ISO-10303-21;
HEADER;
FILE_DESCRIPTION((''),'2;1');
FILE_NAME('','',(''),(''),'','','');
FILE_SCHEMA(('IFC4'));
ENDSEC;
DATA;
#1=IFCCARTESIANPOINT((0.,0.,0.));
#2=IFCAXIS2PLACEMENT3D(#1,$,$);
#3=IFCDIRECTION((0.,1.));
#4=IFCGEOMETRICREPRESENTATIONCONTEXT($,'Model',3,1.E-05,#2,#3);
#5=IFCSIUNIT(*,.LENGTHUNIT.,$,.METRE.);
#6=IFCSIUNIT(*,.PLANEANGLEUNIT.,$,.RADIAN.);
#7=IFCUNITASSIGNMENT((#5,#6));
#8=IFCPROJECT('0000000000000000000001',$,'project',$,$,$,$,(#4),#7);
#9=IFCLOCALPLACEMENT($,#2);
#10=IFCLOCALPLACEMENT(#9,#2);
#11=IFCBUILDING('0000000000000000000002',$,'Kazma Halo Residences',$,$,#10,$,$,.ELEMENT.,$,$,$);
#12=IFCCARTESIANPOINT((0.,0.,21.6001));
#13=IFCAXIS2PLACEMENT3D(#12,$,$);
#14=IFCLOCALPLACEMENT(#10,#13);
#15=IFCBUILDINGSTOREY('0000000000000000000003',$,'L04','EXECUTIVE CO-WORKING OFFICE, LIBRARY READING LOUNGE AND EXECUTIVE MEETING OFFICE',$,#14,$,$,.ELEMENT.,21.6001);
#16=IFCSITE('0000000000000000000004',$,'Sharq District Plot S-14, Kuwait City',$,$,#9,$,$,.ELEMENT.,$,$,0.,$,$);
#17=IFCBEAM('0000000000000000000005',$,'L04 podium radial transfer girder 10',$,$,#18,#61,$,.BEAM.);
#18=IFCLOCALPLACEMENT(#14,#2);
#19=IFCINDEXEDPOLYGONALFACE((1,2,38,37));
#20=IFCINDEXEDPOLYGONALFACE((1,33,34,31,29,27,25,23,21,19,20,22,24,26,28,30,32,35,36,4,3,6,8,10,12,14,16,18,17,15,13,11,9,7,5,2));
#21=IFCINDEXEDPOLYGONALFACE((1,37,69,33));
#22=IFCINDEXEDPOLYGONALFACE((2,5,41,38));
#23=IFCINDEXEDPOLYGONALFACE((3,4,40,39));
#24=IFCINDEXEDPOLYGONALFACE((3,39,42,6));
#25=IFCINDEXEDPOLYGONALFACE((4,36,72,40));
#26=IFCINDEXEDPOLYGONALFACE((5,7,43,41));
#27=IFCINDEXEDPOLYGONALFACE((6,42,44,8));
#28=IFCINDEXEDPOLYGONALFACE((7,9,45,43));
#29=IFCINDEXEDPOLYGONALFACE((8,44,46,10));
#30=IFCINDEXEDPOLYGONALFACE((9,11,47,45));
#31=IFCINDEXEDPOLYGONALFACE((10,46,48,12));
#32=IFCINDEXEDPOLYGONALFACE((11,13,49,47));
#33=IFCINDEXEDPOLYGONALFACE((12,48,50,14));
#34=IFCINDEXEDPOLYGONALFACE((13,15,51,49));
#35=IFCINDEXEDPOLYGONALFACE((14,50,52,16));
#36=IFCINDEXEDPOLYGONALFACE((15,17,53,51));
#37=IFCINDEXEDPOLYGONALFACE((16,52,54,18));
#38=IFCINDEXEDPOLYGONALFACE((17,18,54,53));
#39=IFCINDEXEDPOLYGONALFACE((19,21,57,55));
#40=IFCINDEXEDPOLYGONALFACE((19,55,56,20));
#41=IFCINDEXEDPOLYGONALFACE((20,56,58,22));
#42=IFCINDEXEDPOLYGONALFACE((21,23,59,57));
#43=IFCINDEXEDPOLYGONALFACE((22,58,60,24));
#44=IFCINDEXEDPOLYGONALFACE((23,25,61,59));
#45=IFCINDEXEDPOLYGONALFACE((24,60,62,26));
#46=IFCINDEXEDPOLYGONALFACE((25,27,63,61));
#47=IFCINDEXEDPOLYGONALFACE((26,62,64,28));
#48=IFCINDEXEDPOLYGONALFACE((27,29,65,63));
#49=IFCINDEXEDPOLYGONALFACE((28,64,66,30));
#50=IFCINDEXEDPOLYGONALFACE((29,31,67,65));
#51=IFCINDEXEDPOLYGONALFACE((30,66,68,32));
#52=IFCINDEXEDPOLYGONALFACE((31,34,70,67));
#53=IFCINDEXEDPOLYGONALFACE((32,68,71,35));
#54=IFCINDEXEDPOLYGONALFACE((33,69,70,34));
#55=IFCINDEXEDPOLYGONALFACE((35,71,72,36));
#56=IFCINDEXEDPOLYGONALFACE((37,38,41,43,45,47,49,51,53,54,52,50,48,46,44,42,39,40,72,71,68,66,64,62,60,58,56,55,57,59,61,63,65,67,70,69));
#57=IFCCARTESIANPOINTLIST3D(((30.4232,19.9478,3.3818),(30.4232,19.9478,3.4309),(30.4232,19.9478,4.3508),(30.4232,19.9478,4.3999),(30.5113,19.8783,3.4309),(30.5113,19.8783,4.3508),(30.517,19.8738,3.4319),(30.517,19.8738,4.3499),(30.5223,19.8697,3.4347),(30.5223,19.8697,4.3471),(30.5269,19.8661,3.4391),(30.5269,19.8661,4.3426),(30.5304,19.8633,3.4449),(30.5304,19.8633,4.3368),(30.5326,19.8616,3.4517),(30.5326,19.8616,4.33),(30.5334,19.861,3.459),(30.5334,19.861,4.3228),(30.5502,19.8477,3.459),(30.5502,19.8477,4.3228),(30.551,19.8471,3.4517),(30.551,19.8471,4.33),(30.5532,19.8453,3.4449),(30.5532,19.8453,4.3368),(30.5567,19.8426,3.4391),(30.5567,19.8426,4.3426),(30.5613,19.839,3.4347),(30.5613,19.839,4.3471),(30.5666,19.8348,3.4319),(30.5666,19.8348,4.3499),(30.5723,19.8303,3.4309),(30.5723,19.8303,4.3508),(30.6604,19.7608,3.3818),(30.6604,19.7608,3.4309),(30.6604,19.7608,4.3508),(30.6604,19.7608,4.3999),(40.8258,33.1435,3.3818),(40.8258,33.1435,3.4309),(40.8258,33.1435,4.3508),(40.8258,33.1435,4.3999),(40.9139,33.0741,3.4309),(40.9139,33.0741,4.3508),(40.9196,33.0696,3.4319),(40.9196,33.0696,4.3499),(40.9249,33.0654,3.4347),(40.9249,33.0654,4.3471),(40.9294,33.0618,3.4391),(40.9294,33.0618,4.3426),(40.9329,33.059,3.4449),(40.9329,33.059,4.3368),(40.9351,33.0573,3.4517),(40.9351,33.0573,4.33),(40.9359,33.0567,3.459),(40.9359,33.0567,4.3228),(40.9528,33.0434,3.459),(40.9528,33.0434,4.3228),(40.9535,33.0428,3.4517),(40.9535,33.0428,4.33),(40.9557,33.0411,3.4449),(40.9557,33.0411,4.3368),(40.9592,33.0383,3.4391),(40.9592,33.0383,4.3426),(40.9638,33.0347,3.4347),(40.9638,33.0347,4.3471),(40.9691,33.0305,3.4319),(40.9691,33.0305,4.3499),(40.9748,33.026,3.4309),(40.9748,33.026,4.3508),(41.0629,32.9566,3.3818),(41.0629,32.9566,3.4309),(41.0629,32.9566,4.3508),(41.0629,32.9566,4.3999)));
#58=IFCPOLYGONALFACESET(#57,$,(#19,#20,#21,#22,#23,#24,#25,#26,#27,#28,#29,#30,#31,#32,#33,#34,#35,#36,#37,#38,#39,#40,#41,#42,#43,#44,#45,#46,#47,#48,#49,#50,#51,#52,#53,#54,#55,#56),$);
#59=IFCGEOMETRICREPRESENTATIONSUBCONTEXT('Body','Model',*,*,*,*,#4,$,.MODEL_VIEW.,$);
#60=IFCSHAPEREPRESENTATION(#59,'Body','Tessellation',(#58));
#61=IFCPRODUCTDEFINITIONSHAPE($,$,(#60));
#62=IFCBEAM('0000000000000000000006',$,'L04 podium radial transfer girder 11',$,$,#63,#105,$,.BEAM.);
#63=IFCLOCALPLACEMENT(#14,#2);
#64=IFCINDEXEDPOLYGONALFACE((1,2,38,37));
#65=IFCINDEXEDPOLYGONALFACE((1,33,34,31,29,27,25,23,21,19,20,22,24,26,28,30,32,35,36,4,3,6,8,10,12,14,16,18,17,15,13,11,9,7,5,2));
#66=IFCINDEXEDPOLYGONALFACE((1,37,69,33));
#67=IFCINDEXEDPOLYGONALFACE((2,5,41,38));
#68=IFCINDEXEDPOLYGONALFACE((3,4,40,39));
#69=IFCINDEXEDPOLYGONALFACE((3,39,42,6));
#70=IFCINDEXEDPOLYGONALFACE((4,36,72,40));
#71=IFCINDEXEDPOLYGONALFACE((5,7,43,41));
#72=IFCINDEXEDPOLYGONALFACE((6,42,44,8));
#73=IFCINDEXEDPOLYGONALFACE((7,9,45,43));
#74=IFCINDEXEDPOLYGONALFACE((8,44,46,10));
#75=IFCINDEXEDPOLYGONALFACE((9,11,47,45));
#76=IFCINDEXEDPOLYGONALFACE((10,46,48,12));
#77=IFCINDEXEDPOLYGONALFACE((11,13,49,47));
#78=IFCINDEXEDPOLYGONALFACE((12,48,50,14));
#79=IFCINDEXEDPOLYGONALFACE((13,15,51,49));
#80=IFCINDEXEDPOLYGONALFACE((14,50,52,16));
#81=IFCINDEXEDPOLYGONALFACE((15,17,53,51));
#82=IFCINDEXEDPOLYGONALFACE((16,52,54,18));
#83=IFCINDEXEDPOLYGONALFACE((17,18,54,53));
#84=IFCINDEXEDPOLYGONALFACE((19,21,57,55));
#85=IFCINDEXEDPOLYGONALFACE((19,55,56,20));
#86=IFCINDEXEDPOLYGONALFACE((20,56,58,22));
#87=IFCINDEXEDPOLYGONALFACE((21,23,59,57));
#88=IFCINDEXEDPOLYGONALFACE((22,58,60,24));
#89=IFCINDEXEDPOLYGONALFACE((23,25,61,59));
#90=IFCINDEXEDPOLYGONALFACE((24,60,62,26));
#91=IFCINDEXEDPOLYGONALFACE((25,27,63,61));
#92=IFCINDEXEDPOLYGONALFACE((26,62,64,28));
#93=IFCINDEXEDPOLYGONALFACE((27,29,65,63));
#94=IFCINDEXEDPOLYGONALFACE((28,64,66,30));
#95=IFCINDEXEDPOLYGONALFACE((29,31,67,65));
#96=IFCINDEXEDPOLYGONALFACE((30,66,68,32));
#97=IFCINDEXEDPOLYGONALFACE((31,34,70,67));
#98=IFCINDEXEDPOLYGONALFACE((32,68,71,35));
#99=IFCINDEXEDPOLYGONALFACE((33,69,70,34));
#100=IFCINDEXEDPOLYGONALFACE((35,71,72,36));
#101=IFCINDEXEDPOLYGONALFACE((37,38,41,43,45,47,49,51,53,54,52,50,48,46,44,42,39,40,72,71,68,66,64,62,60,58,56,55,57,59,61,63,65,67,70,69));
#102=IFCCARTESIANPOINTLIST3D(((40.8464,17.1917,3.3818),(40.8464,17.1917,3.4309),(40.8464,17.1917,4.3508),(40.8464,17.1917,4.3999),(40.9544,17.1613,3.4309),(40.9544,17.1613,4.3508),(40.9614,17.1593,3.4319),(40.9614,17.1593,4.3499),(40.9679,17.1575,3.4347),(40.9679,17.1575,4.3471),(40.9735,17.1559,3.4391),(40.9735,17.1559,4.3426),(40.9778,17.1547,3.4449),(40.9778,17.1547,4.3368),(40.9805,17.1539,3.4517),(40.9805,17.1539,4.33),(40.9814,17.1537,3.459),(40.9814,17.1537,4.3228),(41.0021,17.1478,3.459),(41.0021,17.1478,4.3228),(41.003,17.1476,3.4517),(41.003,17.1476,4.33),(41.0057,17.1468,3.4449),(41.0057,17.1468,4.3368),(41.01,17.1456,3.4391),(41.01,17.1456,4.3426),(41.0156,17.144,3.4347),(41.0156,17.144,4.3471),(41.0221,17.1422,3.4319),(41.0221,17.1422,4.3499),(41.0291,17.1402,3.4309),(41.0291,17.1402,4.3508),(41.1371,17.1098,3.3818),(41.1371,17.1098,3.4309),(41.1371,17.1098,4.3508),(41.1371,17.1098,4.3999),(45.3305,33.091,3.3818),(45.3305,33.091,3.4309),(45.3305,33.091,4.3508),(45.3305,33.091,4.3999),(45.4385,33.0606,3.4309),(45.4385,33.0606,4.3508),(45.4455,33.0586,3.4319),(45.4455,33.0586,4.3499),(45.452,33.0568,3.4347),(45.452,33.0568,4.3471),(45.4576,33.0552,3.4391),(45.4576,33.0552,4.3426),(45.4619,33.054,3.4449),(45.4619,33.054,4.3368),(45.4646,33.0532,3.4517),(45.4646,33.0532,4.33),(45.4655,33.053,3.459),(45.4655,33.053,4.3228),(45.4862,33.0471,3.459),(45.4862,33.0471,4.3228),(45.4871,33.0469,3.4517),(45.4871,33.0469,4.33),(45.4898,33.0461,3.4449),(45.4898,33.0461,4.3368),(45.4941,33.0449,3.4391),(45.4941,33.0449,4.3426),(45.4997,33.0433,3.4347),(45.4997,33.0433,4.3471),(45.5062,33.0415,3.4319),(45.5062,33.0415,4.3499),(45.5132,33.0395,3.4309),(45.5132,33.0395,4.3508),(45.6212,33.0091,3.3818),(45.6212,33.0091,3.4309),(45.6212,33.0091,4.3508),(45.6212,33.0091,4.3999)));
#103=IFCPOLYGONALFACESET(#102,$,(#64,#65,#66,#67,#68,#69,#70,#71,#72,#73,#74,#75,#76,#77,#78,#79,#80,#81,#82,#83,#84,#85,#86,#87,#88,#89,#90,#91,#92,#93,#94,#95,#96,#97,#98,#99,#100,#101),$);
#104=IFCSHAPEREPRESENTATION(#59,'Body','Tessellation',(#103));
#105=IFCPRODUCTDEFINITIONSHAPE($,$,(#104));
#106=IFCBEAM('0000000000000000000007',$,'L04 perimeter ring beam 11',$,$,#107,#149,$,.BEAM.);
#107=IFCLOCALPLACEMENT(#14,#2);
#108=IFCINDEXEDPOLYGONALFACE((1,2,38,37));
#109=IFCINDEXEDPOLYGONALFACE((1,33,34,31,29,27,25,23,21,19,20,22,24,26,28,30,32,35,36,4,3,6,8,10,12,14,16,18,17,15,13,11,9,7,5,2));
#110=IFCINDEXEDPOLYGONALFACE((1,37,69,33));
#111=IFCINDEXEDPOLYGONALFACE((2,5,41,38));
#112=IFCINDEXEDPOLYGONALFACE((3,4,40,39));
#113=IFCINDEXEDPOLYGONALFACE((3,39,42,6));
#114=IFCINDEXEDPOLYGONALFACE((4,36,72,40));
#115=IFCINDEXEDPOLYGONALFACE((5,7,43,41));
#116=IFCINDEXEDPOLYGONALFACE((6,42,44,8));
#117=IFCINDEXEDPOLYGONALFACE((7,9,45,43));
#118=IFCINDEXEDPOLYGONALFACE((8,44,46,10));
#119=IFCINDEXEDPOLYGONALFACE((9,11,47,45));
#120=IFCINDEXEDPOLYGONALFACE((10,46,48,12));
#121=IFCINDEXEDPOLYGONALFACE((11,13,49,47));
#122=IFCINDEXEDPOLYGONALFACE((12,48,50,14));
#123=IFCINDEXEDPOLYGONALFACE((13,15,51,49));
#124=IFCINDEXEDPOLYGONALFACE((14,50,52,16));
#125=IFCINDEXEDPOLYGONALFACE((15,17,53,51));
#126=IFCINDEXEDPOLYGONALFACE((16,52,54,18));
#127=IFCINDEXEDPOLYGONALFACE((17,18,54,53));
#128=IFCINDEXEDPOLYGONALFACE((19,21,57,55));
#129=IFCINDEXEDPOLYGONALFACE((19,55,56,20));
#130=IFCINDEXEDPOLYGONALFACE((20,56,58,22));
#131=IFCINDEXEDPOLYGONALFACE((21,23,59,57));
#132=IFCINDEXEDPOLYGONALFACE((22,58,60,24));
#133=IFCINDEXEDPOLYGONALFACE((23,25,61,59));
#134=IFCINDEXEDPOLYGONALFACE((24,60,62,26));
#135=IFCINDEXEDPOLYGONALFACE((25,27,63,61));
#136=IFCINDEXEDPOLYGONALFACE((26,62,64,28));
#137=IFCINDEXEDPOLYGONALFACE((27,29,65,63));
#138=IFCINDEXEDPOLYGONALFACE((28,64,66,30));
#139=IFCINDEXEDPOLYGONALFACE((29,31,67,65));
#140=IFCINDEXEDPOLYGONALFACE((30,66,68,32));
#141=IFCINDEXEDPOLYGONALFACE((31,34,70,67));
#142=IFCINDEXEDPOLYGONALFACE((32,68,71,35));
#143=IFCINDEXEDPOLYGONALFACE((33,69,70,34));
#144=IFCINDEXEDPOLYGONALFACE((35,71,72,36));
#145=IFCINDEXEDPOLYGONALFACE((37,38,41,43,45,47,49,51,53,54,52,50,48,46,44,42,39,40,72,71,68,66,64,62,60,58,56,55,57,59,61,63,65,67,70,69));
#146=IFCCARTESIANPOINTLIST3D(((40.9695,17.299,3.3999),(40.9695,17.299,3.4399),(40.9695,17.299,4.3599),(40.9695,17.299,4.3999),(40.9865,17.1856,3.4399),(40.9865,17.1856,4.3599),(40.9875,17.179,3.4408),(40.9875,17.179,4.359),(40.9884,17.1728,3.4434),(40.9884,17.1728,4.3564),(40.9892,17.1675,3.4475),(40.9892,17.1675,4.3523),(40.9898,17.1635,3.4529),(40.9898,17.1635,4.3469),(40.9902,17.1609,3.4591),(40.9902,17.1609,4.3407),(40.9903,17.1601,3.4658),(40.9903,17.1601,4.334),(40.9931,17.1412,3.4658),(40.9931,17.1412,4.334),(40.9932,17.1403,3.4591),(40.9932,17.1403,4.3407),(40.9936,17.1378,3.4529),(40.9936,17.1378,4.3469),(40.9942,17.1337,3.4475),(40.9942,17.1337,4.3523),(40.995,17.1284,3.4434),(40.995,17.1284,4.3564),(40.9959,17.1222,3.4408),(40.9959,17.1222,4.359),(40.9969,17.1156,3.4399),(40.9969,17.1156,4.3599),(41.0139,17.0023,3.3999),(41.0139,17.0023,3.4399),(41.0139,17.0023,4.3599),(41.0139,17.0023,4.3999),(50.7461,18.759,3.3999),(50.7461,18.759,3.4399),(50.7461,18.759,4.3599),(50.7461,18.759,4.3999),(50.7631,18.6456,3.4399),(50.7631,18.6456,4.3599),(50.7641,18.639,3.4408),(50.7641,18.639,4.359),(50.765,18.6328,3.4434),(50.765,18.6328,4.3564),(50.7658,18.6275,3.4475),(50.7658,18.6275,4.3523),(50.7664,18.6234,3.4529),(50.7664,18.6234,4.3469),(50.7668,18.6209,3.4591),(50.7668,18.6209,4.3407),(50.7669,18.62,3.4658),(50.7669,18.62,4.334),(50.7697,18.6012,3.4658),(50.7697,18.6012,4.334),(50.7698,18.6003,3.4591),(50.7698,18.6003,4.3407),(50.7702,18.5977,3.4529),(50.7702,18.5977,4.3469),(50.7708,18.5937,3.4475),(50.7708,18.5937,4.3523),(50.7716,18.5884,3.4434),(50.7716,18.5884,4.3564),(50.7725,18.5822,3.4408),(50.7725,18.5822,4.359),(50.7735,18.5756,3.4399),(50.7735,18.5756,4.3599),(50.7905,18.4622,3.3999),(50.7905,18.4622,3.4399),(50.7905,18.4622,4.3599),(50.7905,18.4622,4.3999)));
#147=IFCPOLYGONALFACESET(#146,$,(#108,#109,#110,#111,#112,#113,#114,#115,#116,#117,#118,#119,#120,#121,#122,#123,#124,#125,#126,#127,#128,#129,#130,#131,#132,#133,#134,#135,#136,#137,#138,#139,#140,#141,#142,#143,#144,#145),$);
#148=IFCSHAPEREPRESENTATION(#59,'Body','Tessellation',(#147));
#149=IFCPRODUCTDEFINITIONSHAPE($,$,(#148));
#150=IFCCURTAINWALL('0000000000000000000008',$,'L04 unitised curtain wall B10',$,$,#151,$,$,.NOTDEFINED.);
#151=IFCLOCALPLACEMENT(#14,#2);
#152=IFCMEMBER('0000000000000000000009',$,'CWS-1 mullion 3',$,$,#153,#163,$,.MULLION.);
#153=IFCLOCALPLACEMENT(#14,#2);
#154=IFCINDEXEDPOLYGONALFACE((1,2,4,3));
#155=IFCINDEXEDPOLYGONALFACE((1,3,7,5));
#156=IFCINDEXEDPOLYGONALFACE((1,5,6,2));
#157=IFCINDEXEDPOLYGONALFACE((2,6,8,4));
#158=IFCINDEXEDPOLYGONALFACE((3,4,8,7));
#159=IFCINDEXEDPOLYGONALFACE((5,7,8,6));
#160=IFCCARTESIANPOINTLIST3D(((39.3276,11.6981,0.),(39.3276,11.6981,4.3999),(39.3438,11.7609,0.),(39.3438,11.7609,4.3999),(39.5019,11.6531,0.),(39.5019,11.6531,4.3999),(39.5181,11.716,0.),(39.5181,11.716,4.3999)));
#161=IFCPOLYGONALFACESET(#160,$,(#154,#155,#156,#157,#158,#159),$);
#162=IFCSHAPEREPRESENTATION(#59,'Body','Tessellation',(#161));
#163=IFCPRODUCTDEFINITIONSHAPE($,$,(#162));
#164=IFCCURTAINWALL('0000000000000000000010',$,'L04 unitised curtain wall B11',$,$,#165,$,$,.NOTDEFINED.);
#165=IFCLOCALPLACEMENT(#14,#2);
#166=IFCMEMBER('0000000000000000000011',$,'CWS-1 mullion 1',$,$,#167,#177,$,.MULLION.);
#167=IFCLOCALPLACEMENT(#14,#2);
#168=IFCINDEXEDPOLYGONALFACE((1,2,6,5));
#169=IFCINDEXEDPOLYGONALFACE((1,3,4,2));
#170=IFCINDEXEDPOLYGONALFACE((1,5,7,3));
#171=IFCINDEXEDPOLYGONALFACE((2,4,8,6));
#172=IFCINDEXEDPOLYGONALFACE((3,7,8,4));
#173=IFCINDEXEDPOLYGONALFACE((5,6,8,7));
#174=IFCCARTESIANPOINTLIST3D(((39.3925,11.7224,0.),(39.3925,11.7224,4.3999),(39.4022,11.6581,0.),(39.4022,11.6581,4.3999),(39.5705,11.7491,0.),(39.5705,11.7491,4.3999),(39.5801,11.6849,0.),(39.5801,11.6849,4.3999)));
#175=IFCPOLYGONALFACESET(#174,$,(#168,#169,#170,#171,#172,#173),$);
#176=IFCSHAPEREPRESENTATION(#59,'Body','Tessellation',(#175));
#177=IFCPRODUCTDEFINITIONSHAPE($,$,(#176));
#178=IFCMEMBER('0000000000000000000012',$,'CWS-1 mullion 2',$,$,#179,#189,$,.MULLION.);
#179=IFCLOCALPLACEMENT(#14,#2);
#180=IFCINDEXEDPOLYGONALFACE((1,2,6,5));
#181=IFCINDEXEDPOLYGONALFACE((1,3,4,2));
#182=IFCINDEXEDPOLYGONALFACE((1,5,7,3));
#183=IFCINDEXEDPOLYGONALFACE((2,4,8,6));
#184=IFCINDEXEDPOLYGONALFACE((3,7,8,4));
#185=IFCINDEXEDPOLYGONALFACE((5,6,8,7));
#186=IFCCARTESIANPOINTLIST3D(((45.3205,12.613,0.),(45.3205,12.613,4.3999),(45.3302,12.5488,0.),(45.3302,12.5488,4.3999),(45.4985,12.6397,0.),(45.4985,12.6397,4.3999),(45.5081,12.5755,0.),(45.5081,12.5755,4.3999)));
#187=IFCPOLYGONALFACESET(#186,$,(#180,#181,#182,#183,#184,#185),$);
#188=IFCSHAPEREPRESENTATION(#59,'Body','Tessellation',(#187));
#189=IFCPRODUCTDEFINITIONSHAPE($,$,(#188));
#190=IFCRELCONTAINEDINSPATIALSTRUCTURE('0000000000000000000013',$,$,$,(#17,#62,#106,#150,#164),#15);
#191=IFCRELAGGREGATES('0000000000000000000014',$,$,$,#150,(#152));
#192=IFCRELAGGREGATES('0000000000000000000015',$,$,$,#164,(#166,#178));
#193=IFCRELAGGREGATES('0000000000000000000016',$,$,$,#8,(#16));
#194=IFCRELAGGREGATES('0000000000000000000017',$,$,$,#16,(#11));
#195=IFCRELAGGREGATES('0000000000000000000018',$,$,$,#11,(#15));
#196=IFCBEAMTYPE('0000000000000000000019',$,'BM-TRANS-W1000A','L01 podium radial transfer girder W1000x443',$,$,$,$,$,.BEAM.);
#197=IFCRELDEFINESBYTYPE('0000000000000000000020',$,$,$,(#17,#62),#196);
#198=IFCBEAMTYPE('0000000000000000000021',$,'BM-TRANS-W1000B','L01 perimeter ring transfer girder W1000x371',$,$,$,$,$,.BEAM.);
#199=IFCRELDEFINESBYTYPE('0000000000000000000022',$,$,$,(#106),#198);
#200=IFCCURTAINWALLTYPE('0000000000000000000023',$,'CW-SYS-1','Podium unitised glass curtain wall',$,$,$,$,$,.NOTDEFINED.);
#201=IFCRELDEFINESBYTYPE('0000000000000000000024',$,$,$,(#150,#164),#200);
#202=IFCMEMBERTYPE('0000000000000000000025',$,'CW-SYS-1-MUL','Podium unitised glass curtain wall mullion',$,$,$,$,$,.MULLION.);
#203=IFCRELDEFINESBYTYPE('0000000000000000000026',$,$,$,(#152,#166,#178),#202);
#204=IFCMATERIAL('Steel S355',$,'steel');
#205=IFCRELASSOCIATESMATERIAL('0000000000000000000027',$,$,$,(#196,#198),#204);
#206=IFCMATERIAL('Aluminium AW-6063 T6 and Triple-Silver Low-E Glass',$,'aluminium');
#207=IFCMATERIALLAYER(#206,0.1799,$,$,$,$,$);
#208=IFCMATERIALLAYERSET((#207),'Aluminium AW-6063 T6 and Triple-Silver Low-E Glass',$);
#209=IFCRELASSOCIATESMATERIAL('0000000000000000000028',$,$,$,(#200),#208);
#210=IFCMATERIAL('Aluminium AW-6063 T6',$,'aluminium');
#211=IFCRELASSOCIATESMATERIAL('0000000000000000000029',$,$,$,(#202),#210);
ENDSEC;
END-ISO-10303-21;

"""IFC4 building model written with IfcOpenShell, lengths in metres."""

from ifc_helpers import new_model, si_unit, direction, frame, origin, origin_2d, place, context, subcontext, project, spatial, rectangle, i_section, extrude, material, layer, layer_set, material_profile, profile_set, type_object, element, aggregate, save


model = new_model("IFC4")

# Units and contexts
model_context = context("Model", 3, precision=1e-05, world=origin(), true_north=direction((0.0, 1.0)))
body_context = subcontext(model_context, "Body", "Model", "MODEL_VIEW")
ifc_project = project(units=[si_unit("LENGTHUNIT", "METRE"), si_unit("PLANEANGLEUNIT", "RADIAN")], contexts=[model_context])

# Site, building, storey
site_placement = place(None, origin())
site = spatial("IfcSite", under=ifc_project, at=site_placement, Name="Sharq District Plot S-14, Kuwait City", CompositionType="ELEMENT", RefElevation=0.0)
building_placement = place(site_placement, origin())
building = spatial("IfcBuilding", under=site, at=building_placement, Name="Kazma Halo Residences", CompositionType="ELEMENT")
storey_placement = place(building_placement, frame((0.0, 0.0, 21.6001)))
storey = spatial("IfcBuildingStorey", under=building, at=storey_placement, Name="L04", Description="EXECUTIVE CO-WORKING OFFICE, LIBRARY READING LOUNGE AND EXECUTIVE MEETING OFFICE", CompositionType="ELEMENT", Elevation=21.6001)

# Beams
ifc_material_1 = material(Name="Steel S355", Category="steel")
ifc_material_profile_1 = material_profile(ifc_material_1, i_section(OverallWidth=0.302, OverallDepth=1.0181, WebThickness=0.0215, FlangeThickness=0.0491, FilletRadius=0.0281, at=origin_2d()), Name="W1000x443")
ifc_profile_set_1 = profile_set([ifc_material_profile_1], Name="Steel S355")
beam_type_1 = type_object("IfcBeamType", Name="BM-TRANS-W1000A", Description="L01 podium radial transfer girder W1000x443", PredefinedType="BEAM", material=ifc_profile_set_1)
beam_1_placement = place(storey_placement, frame((40.9443, 33.05, 3.8909), z_axis=(-0.619089, -0.785321, 0.0), x_axis=(0.785321, -0.619089, 0.0)))
element("IfcBeam", 1, at=beam_1_placement, inside=storey, type_object=beam_type_1, Name="L04 podium radial transfer girder 10", PredefinedType="BEAM", context=body_context, shape_type="SweptSolid", body=[
    extrude(i_section(OverallWidth=0.302, OverallDepth=1.0181, WebThickness=0.0215, FlangeThickness=0.0491, FilletRadius=0.0281, at=origin_2d()), origin(), (0.0, 0.0, 1.0), 16.803),
])
beam_2_placement = place(storey_placement, frame((45.4758, 33.05, 3.8909), z_axis=(-0.271442, -0.962455, 0.0), x_axis=(0.962455, -0.271442, 0.0)))
element("IfcBeam", 2, at=beam_2_placement, inside=storey, type_object=beam_type_1, Name="L04 podium radial transfer girder 11", PredefinedType="BEAM", context=body_context, shape_type="SweptSolid", body=[
    extrude(i_section(OverallWidth=0.302, OverallDepth=1.0181, WebThickness=0.0215, FlangeThickness=0.0491, FilletRadius=0.0281, at=origin_2d()), origin(), (0.0, 0.0, 1.0), 16.5195),
])
ifc_material_profile_2 = material_profile(ifc_material_1, i_section(OverallWidth=0.3, OverallDepth=1.0, WebThickness=0.019, FlangeThickness=0.04, FilletRadius=0.0259, at=origin_2d()), Name="W1000x371")
ifc_profile_set_2 = profile_set([ifc_material_profile_2], Name="Steel S355")
beam_type_2 = type_object("IfcBeamType", Name="BM-TRANS-W1000B", Description="L01 perimeter ring transfer girder W1000x371", PredefinedType="BEAM", material=ifc_profile_set_2)
beam_3_placement = place(storey_placement, frame((40.9917, 17.1506, 3.8999), z_axis=(0.989033, 0.147694, 0.0), x_axis=(-0.147694, 0.989033, 0.0)))
element("IfcBeam", 3, at=beam_3_placement, inside=storey, type_object=beam_type_2, Name="L04 perimeter ring beam 11", PredefinedType="BEAM", context=body_context, shape_type="SweptSolid", body=[
    extrude(i_section(OverallWidth=0.3, OverallDepth=1.0, WebThickness=0.019, FlangeThickness=0.04, FilletRadius=0.0259, at=origin_2d()), origin(), (0.0, 0.0, 1.0), 9.885),
])

# Curtain wall, member
ifc_material_2 = material(Name="Aluminium AW-6063 T6 and Triple-Silver Low-E Glass", Category="aluminium")
ifc_layer_1 = layer(ifc_material_2, 0.1799)
ifc_layer_set_1 = layer_set([ifc_layer_1], Name="Aluminium AW-6063 T6 and Triple-Silver Low-E Glass")
curtain_wall_type = type_object("IfcCurtainWallType", Name="CW-SYS-1", Description="Podium unitised glass curtain wall", PredefinedType="NOTDEFINED", material=ifc_layer_set_1)
curtain_wall_1_placement = place(storey_placement, origin())
curtain_wall_1 = element("IfcCurtainWall", 4, at=curtain_wall_1_placement, inside=storey, type_object=curtain_wall_type, Name="L04 unitised curtain wall B10", PredefinedType="NOTDEFINED")
ifc_material_3 = material(Name="Aluminium AW-6063 T6", Category="aluminium")
ifc_material_profile_3 = material_profile(ifc_material_3, rectangle(XDim=0.0649, YDim=0.1799, at=origin_2d()), Name="CWM-65x180")
ifc_profile_set_3 = profile_set([ifc_material_profile_3], Name="Aluminium AW-6063 T6")
member_type_1 = type_object("IfcMemberType", Name="CW-SYS-1-MUL", Description="Podium unitised glass curtain wall mullion", PredefinedType="MULLION", material=ifc_profile_set_3)
member_1_placement = place(storey_placement, frame((39.4229, 11.707, 0.0), z_axis=(0.0, 0.0, 1.0), x_axis=(0.249727, 0.968316, 0.0)))
member_1 = element("IfcMember", 5, at=member_1_placement, type_object=member_type_1, Name="CWS-1 mullion 3", PredefinedType="MULLION", context=body_context, shape_type="SweptSolid", body=[
    extrude(rectangle(XDim=0.0649, YDim=0.1799, at=origin_2d()), origin(), (0.0, 0.0, 1.0), 4.3999),
])
aggregate(curtain_wall_1, [member_1])

# Curtain wall, members
curtain_wall_2_placement = place(storey_placement, origin())
curtain_wall_2 = element("IfcCurtainWall", 6, at=curtain_wall_2_placement, inside=storey, type_object=curtain_wall_type, Name="L04 unitised curtain wall B11", PredefinedType="NOTDEFINED")
member_2_placement = place(storey_placement, frame((39.4863, 11.7036, 0.0), z_axis=(0.0, 0.0, 1.0), x_axis=(-0.148549, 0.988905, 0.0)))
member_2 = element("IfcMember", 7, at=member_2_placement, type_object=member_type_1, Name="CWS-1 mullion 1", PredefinedType="MULLION", context=body_context, shape_type="SweptSolid", body=[
    extrude(rectangle(XDim=0.0649, YDim=0.1799, at=origin_2d()), origin(), (0.0, 0.0, 1.0), 4.3999),
])
member_3_placement = place(storey_placement, frame((45.4143, 12.5942, 0.0), z_axis=(0.0, 0.0, 1.0), x_axis=(-0.148549, 0.988905, 0.0)))
member_3 = element("IfcMember", 8, at=member_3_placement, type_object=member_type_1, Name="CWS-1 mullion 2", PredefinedType="MULLION", context=body_context, shape_type="SweptSolid", body=[
    extrude(rectangle(XDim=0.0649, YDim=0.1799, at=origin_2d()), origin(), (0.0, 0.0, 1.0), 4.3999),
])
aggregate(curtain_wall_2, [member_2, member_3])

save(model, "model.ifc")
